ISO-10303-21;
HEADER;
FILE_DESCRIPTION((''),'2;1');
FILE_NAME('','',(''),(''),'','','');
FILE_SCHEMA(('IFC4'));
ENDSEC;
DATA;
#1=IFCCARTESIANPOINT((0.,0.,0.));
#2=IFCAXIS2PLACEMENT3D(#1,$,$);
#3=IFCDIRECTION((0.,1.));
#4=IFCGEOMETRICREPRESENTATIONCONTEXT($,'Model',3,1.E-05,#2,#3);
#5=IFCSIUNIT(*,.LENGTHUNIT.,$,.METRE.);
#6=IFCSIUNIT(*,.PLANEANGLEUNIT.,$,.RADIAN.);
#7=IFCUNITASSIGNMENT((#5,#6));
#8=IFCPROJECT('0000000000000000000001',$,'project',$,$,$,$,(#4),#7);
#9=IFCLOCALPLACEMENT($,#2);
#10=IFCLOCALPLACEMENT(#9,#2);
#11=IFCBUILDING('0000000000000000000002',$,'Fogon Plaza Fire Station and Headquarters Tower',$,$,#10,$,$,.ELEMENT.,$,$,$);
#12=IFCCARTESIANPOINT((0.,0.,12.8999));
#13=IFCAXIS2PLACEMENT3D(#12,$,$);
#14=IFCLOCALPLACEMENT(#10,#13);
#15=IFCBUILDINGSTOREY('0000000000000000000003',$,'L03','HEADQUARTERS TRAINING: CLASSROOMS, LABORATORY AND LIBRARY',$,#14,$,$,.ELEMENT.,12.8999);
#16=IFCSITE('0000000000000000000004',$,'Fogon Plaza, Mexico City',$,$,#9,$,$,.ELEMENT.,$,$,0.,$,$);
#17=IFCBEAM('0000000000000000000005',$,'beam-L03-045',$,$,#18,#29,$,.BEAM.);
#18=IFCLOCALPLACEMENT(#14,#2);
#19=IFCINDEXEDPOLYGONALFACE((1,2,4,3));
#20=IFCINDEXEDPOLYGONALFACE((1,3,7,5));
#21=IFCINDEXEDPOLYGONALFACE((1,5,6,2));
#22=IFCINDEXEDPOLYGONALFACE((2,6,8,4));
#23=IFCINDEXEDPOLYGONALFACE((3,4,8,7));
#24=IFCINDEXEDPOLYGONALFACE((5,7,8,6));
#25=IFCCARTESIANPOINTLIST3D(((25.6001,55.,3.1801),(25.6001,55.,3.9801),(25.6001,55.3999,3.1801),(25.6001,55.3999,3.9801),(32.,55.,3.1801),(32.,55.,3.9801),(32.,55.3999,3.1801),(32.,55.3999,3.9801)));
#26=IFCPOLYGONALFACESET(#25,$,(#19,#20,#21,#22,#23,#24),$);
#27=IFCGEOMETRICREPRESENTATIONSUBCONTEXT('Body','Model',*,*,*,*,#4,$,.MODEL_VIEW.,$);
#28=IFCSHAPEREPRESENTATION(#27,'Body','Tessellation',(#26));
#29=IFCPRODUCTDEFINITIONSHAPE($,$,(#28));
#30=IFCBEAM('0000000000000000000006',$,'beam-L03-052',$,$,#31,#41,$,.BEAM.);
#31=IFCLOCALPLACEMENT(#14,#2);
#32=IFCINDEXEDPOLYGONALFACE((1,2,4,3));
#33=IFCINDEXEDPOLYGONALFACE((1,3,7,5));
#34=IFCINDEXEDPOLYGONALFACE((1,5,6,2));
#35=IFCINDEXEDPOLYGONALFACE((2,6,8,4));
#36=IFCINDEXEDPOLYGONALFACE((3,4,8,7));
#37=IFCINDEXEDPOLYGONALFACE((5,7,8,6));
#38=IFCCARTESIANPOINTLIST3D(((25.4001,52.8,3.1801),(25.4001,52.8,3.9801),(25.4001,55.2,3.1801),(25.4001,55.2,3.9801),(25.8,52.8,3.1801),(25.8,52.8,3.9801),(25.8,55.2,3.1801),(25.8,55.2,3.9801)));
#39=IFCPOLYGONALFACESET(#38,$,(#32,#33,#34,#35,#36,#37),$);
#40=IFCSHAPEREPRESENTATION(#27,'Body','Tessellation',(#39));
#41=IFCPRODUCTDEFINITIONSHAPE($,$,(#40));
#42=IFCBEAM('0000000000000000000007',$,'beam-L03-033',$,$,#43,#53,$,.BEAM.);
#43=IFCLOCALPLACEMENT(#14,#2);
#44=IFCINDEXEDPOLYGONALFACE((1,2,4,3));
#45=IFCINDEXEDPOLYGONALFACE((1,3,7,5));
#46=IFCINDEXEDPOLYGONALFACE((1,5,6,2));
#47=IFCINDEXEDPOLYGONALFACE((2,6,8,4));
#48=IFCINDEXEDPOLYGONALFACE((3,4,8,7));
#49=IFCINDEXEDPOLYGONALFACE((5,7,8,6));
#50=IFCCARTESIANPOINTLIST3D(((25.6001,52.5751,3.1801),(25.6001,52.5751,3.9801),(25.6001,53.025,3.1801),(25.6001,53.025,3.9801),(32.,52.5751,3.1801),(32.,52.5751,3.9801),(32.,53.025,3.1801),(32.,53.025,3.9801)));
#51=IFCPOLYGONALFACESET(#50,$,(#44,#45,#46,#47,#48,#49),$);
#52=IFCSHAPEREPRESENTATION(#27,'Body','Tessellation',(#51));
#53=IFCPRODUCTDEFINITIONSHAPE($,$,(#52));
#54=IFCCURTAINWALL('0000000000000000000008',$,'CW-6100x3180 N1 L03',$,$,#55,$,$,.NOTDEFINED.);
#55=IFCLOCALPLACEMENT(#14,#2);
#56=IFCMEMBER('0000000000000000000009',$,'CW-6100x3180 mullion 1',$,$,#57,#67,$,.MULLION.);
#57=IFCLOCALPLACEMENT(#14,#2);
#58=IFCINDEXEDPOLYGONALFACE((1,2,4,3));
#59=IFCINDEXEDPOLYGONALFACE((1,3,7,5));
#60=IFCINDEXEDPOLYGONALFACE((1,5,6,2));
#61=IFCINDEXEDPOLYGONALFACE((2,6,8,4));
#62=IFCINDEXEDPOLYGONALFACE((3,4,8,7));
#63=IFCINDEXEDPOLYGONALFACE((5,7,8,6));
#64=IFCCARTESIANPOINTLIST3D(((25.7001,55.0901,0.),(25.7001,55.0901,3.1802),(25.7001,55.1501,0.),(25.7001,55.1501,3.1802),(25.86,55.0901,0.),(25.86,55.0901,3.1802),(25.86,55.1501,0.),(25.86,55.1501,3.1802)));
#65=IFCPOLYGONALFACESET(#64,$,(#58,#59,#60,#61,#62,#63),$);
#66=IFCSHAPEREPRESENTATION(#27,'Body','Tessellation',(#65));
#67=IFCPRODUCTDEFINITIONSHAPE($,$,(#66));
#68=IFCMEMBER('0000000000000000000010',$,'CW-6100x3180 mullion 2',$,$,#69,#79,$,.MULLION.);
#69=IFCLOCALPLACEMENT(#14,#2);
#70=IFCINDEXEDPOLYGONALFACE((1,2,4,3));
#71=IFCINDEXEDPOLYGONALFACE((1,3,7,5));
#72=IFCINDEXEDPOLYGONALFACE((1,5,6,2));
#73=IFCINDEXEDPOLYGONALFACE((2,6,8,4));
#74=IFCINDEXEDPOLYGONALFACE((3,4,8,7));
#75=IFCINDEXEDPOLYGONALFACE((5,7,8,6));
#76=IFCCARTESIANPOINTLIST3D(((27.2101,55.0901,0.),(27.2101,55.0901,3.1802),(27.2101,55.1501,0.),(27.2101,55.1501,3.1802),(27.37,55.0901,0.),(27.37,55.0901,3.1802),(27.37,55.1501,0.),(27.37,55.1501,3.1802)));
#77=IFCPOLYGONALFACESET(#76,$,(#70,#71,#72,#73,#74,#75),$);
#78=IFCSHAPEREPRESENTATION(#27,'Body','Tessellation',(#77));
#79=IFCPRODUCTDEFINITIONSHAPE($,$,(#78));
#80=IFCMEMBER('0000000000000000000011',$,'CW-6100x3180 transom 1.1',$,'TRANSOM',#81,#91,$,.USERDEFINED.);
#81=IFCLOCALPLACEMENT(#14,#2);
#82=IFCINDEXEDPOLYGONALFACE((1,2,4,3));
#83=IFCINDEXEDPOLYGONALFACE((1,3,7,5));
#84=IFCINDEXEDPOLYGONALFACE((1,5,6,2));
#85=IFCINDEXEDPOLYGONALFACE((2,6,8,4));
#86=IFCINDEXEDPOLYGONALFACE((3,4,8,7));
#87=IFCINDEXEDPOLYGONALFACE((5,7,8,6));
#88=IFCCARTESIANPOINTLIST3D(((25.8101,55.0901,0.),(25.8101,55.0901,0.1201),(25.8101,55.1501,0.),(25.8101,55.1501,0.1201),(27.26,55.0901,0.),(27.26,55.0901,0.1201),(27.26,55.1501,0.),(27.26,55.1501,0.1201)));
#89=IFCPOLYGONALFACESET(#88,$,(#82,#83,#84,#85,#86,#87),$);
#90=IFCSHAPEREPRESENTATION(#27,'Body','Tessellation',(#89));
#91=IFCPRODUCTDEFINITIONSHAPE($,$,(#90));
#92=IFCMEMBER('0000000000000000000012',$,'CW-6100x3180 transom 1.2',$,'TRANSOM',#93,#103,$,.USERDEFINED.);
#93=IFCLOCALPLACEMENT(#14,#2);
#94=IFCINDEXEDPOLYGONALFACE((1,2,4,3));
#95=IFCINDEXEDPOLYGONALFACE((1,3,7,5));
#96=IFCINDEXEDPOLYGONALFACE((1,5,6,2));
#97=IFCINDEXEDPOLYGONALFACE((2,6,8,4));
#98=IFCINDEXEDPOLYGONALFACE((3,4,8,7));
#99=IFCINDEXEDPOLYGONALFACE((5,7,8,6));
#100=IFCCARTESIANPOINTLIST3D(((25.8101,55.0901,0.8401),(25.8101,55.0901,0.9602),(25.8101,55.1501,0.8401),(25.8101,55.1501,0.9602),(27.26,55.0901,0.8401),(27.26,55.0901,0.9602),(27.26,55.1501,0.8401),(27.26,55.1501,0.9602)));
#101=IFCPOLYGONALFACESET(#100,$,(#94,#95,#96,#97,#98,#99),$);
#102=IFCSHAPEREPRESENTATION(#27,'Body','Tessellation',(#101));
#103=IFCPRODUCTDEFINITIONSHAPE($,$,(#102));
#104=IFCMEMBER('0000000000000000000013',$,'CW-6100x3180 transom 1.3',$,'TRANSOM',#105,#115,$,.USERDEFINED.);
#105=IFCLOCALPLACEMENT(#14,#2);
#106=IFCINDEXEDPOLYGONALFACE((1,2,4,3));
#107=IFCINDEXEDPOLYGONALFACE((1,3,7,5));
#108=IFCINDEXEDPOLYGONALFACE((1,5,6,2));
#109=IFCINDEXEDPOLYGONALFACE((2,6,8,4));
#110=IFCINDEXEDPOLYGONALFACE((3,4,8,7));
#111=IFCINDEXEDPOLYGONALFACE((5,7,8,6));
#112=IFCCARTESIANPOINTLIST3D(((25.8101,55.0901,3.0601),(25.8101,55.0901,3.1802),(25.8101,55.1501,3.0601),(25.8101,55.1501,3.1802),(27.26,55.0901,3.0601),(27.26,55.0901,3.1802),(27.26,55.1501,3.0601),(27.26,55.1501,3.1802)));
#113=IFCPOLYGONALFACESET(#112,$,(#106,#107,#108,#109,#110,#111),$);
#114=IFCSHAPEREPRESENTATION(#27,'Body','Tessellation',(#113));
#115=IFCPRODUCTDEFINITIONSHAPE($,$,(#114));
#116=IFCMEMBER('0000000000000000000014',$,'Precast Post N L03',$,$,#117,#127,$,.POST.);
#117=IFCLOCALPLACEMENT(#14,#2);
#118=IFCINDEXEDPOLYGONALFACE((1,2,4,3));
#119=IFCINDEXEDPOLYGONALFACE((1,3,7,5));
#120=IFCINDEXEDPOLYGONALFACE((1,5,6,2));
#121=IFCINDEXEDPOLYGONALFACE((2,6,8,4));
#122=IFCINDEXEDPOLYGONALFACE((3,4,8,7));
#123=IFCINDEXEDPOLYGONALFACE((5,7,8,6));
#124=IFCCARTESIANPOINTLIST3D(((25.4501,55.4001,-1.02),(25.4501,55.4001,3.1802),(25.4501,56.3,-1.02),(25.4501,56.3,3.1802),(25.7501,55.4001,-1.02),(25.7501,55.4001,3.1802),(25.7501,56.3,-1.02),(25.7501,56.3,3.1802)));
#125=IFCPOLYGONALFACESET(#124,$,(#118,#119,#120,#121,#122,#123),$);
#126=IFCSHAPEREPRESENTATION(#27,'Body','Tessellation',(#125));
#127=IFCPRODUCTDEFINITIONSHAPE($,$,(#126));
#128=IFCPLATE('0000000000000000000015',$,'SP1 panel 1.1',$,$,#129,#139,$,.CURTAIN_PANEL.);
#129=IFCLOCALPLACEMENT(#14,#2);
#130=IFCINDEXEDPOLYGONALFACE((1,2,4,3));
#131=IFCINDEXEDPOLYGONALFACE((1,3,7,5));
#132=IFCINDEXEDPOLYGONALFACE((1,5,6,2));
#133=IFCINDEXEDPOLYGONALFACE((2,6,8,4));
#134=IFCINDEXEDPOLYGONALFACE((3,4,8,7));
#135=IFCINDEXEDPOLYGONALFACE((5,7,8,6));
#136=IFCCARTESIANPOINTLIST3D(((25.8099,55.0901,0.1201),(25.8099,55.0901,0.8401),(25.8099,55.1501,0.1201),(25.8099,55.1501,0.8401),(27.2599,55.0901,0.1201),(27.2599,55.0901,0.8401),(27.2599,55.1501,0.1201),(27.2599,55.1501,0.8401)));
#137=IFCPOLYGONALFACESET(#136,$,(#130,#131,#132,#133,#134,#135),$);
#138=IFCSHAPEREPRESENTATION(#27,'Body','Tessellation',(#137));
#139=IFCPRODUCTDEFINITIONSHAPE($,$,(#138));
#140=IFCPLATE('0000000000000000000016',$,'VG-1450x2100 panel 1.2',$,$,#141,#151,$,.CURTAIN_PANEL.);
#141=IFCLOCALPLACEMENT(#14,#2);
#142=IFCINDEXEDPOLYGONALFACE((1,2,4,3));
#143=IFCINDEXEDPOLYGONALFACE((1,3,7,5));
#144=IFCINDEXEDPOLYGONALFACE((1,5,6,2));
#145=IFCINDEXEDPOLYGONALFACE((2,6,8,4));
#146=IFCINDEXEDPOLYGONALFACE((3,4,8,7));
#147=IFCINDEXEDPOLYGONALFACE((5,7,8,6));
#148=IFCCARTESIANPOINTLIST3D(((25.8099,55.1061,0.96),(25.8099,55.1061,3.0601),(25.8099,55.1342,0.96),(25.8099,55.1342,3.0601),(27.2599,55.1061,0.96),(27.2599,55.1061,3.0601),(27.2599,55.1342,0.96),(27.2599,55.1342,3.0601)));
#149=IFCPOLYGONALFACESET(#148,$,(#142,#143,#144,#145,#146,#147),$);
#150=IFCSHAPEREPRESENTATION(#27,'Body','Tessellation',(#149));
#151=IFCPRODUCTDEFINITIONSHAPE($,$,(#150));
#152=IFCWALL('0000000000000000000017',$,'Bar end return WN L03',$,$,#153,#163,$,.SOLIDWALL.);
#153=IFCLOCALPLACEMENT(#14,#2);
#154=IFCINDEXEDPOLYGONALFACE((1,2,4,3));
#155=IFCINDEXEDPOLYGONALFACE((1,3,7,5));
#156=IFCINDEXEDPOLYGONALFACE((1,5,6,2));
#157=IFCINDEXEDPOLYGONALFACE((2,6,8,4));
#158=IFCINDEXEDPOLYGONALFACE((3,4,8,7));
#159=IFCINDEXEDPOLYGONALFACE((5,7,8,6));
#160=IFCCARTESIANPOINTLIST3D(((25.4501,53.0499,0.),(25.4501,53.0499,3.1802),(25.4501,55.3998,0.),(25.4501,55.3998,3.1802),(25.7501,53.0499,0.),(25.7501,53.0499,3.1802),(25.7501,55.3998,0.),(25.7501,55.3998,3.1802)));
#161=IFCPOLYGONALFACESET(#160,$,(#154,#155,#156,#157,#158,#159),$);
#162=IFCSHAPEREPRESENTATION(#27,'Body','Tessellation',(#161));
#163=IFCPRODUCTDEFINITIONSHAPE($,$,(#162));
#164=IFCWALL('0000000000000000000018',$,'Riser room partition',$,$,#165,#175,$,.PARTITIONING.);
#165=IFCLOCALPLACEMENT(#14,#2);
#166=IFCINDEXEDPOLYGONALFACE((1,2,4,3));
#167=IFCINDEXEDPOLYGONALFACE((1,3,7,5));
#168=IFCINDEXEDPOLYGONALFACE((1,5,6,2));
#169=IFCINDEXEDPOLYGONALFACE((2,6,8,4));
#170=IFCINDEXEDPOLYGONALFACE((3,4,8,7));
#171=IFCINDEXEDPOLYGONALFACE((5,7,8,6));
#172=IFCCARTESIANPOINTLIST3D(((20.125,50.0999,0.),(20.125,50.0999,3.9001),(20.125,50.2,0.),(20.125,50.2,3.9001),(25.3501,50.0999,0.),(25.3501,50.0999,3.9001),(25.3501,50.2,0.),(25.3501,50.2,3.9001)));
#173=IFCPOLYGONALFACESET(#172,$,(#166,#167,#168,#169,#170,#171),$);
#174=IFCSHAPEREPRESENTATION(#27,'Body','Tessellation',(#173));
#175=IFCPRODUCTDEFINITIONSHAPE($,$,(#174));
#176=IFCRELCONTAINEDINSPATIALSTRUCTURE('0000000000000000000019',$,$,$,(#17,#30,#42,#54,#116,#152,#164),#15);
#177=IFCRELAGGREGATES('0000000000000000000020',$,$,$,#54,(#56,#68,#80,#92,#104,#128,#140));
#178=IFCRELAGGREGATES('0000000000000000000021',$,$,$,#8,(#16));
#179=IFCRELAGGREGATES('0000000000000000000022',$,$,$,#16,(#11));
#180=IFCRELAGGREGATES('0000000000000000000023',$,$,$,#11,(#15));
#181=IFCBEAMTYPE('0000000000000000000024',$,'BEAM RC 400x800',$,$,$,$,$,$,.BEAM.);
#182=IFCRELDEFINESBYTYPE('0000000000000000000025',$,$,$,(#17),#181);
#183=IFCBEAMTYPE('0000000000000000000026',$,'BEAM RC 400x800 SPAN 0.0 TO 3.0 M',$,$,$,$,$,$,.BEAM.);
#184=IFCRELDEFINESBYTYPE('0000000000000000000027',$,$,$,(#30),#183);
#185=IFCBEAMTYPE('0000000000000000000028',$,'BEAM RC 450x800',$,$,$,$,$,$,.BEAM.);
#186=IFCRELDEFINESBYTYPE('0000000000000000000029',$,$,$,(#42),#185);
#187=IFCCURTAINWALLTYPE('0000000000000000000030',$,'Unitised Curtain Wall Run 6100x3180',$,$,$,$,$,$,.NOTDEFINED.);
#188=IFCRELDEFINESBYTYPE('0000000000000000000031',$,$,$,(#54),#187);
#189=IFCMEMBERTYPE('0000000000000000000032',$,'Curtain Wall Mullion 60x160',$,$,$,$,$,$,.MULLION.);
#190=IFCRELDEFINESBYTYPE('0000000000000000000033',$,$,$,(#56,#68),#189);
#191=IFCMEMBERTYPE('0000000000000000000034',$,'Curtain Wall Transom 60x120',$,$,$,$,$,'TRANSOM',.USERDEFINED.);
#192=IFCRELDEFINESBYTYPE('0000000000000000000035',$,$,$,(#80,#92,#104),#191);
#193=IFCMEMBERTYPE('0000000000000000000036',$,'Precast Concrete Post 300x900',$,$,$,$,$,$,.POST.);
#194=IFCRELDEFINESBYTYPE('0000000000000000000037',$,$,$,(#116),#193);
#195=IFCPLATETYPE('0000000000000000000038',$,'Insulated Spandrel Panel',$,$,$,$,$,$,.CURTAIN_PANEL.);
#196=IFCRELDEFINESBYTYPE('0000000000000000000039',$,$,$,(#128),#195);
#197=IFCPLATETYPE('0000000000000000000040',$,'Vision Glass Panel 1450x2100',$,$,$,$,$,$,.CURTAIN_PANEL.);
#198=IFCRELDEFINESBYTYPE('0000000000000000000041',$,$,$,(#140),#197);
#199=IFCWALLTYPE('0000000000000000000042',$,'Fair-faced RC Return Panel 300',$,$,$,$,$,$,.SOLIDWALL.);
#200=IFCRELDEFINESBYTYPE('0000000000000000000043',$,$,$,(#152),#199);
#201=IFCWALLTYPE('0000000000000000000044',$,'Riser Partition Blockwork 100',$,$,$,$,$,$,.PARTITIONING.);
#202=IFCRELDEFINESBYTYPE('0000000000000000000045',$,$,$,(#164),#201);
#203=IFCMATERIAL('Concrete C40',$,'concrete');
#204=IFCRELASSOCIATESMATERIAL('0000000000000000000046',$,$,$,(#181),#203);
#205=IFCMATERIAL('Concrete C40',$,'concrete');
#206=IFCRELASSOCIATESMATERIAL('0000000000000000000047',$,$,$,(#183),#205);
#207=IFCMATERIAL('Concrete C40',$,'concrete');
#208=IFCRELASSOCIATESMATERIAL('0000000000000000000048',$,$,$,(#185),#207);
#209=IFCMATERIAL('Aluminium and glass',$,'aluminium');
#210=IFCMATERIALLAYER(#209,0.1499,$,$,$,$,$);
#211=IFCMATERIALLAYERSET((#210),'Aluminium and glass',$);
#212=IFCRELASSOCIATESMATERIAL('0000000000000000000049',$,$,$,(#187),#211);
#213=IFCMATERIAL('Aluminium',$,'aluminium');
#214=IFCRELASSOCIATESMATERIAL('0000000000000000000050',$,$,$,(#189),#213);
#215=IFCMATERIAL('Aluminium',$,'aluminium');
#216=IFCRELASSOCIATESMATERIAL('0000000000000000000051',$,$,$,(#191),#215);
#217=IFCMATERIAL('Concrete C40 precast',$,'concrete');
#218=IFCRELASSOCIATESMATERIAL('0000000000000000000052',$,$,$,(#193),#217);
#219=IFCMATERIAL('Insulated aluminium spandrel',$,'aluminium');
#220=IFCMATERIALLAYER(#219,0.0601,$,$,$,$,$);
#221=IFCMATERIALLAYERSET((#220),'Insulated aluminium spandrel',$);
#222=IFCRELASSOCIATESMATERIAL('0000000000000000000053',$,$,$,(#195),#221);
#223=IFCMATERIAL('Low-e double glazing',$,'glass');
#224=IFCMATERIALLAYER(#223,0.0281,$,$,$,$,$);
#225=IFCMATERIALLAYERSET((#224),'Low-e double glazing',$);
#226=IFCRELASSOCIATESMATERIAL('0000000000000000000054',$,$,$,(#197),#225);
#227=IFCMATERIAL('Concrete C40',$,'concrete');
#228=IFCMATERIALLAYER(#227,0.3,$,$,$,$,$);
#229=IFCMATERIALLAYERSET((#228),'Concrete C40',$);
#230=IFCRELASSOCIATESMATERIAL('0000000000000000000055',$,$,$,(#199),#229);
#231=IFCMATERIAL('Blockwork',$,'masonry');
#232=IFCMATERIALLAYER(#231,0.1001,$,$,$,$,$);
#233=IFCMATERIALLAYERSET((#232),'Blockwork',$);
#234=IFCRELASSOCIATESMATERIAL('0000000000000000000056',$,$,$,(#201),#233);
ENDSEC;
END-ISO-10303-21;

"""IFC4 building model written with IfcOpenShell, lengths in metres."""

from ifc_helpers import new_model, si_unit, direction, frame, frame_2d, origin, origin_2d, place, context, subcontext, project, spatial, rectangle, extrude, material, layer, layer_set, material_profile, profile_set, type_object, element, aggregate, save


model = new_model("IFC4")

# Units and contexts
model_context = context("Model", 3, precision=1e-05, world=origin(), true_north=direction((0.0, 1.0)))
body_context = subcontext(model_context, "Body", "Model", "MODEL_VIEW")
ifc_project = project(units=[si_unit("LENGTHUNIT", "METRE"), si_unit("PLANEANGLEUNIT", "RADIAN")], contexts=[model_context])

# Site, building, storey
site_placement = place(None, origin())
site = spatial("IfcSite", under=ifc_project, at=site_placement, Name="Fogon Plaza, Mexico City", CompositionType="ELEMENT", RefElevation=0.0)
building_placement = place(site_placement, origin())
building = spatial("IfcBuilding", under=site, at=building_placement, Name="Fogon Plaza Fire Station and Headquarters Tower", CompositionType="ELEMENT")
storey_placement = place(building_placement, frame((0.0, 0.0, 12.8999)))
storey = spatial("IfcBuildingStorey", under=building, at=storey_placement, Name="L03", Description="HEADQUARTERS TRAINING: CLASSROOMS, LABORATORY AND LIBRARY", CompositionType="ELEMENT", Elevation=12.8999)

# Beams
ifc_material_1 = material(Name="Concrete C40", Category="concrete")
ifc_material_profile_1 = material_profile(ifc_material_1, rectangle(XDim=0.3999, YDim=0.8, at=origin_2d()), Name="RC 400x800")
ifc_profile_set_1 = profile_set([ifc_material_profile_1], Name="Concrete C40")
beam_type_1 = type_object("IfcBeamType", Name="BEAM RC 400x800", PredefinedType="BEAM", material=ifc_profile_set_1)
beam_1_placement = place(storey_placement, frame((25.6001, 55.2, 3.5801), z_axis=(1.0, 0.0, 0.0), x_axis=(0.0, 1.0, 0.0)))
element("IfcBeam", 1, at=beam_1_placement, inside=storey, type_object=beam_type_1, Name="beam-L03-045", PredefinedType="BEAM", context=body_context, shape_type="SweptSolid", body=[
    extrude(rectangle(XDim=0.3999, YDim=0.8, at=origin_2d()), origin(), (0.0, 0.0, 1.0), 6.3999),
])
ifc_material_2 = material(Name="Concrete C40", Category="concrete")
ifc_material_profile_2 = material_profile(ifc_material_2, rectangle(XDim=0.3999, YDim=0.8, at=origin_2d()), Name="RC 400x800")
ifc_profile_set_2 = profile_set([ifc_material_profile_2], Name="Concrete C40")
beam_type_2 = type_object("IfcBeamType", Name="BEAM RC 400x800 SPAN 0.0 TO 3.0 M", PredefinedType="BEAM", material=ifc_profile_set_2)
beam_2_placement = place(storey_placement, frame((25.6001, 52.8, 3.5801), z_axis=(0.0, 1.0, 0.0), x_axis=(-1.0, 0.0, 0.0)))
element("IfcBeam", 2, at=beam_2_placement, inside=storey, type_object=beam_type_2, Name="beam-L03-052", PredefinedType="BEAM", context=body_context, shape_type="SweptSolid", body=[
    extrude(rectangle(XDim=0.3999, YDim=0.8, at=origin_2d()), origin(), (0.0, 0.0, 1.0), 2.3999),
])
ifc_material_3 = material(Name="Concrete C40", Category="concrete")
ifc_material_profile_3 = material_profile(ifc_material_3, rectangle(XDim=0.45, YDim=0.8, at=origin_2d()), Name="RC 450x800")
ifc_profile_set_3 = profile_set([ifc_material_profile_3], Name="Concrete C40")
beam_type_3 = type_object("IfcBeamType", Name="BEAM RC 450x800", PredefinedType="BEAM", material=ifc_profile_set_3)
beam_3_placement = place(storey_placement, frame((25.6001, 52.8, 3.5801), z_axis=(1.0, 0.0, 0.0), x_axis=(0.0, 1.0, 0.0)))
element("IfcBeam", 3, at=beam_3_placement, inside=storey, type_object=beam_type_3, Name="beam-L03-033", PredefinedType="BEAM", context=body_context, shape_type="SweptSolid", body=[
    extrude(rectangle(XDim=0.45, YDim=0.8, at=origin_2d()), origin(), (0.0, 0.0, 1.0), 6.3999),
])

# Curtain wall, members
ifc_material_4 = material(Name="Aluminium and glass", Category="aluminium")
ifc_layer_1 = layer(ifc_material_4, 0.1499)
ifc_layer_set_1 = layer_set([ifc_layer_1], Name="Aluminium and glass")
curtain_wall_type = type_object("IfcCurtainWallType", Name="Unitised Curtain Wall Run 6100x3180", PredefinedType="NOTDEFINED", material=ifc_layer_set_1)
curtain_wall_placement = place(storey_placement, origin())
curtain_wall = element("IfcCurtainWall", 4, at=curtain_wall_placement, inside=storey, type_object=curtain_wall_type, Name="CW-6100x3180 N1 L03", PredefinedType="NOTDEFINED")
ifc_material_5 = material(Name="Aluminium", Category="aluminium")
ifc_material_profile_4 = material_profile(ifc_material_5, rectangle(XDim=0.0601, YDim=0.1599, at=origin_2d()), Name="Curtain Wall Mullion 60x160")
ifc_profile_set_4 = profile_set([ifc_material_profile_4], Name="Aluminium")
member_type_1 = type_object("IfcMemberType", Name="Curtain Wall Mullion 60x160", PredefinedType="MULLION", material=ifc_profile_set_4)
member_1_placement = place(storey_placement, frame((25.78, 55.1201, 0.0), z_axis=(0.0, 0.0, 1.0), x_axis=(0.0, 1.0, 0.0)))
member_1 = element("IfcMember", 5, at=member_1_placement, type_object=member_type_1, Name="CW-6100x3180 mullion 1", PredefinedType="MULLION", context=body_context, shape_type="SweptSolid", body=[
    extrude(rectangle(XDim=0.0601, YDim=0.1599, at=origin_2d()), origin(), (0.0, 0.0, 1.0), 3.1802),
])
member_2_placement = place(storey_placement, frame((27.29, 55.1201, 0.0), z_axis=(0.0, 0.0, 1.0), x_axis=(0.0, 1.0, 0.0)))
member_2 = element("IfcMember", 6, at=member_2_placement, type_object=member_type_1, Name="CW-6100x3180 mullion 2", PredefinedType="MULLION", context=body_context, shape_type="SweptSolid", body=[
    extrude(rectangle(XDim=0.0601, YDim=0.1599, at=origin_2d()), origin(), (0.0, 0.0, 1.0), 3.1802),
])
ifc_material_6 = material(Name="Aluminium", Category="aluminium")
ifc_material_profile_5 = material_profile(ifc_material_6, rectangle(XDim=0.0601, YDim=0.1201, at=origin_2d()), Name="Curtain Wall Transom 60x120")
ifc_profile_set_5 = profile_set([ifc_material_profile_5], Name="Aluminium")
member_type_2 = type_object("IfcMemberType", Name="Curtain Wall Transom 60x120", ElementType="TRANSOM", PredefinedType="USERDEFINED", material=ifc_profile_set_5)
member_3_placement = place(storey_placement, frame((25.8101, 55.1201, 0.0601), z_axis=(1.0, 0.0, 0.0), x_axis=(0.0, 1.0, 0.0)))
member_3 = element("IfcMember", 7, at=member_3_placement, type_object=member_type_2, Name="CW-6100x3180 transom 1.1", ObjectType="TRANSOM", PredefinedType="USERDEFINED", context=body_context, shape_type="SweptSolid", body=[
    extrude(rectangle(XDim=0.0601, YDim=0.1201, at=origin_2d()), origin(), (0.0, 0.0, 1.0), 1.45),
])
member_4_placement = place(storey_placement, frame((25.8101, 55.1201, 0.9001), z_axis=(1.0, 0.0, 0.0), x_axis=(0.0, 1.0, 0.0)))
member_4 = element("IfcMember", 8, at=member_4_placement, type_object=member_type_2, Name="CW-6100x3180 transom 1.2", ObjectType="TRANSOM", PredefinedType="USERDEFINED", context=body_context, shape_type="SweptSolid", body=[
    extrude(rectangle(XDim=0.0601, YDim=0.1201, at=origin_2d()), origin(), (0.0, 0.0, 1.0), 1.45),
])
member_5_placement = place(storey_placement, frame((25.8101, 55.1201, 3.1201), z_axis=(1.0, 0.0, 0.0), x_axis=(0.0, 1.0, 0.0)))
member_5 = element("IfcMember", 9, at=member_5_placement, type_object=member_type_2, Name="CW-6100x3180 transom 1.3", ObjectType="TRANSOM", PredefinedType="USERDEFINED", context=body_context, shape_type="SweptSolid", body=[
    extrude(rectangle(XDim=0.0601, YDim=0.1201, at=origin_2d()), origin(), (0.0, 0.0, 1.0), 1.45),
])

# Member
ifc_material_7 = material(Name="Concrete C40 precast", Category="concrete")
ifc_material_profile_6 = material_profile(ifc_material_7, rectangle(XDim=0.3, YDim=0.8999, at=origin_2d()), Name="Precast Concrete Post 300x900")
ifc_profile_set_6 = profile_set([ifc_material_profile_6], Name="Concrete C40 precast")
member_type_3 = type_object("IfcMemberType", Name="Precast Concrete Post 300x900", PredefinedType="POST", material=ifc_profile_set_6)
member_6_placement = place(storey_placement, frame((25.6001, 55.8501, -1.02), z_axis=(0.0, 0.0, 1.0), x_axis=(1.0, 0.0, 0.0)))
element("IfcMember", 10, at=member_6_placement, inside=storey, type_object=member_type_3, Name="Precast Post N L03", PredefinedType="POST", context=body_context, shape_type="SweptSolid", body=[
    extrude(rectangle(XDim=0.3, YDim=0.8999, at=origin_2d()), origin(), (0.0, 0.0, 1.0), 4.2002),
])

# Plates
ifc_material_8 = material(Name="Insulated aluminium spandrel", Category="aluminium")
ifc_layer_2 = layer(ifc_material_8, 0.0601)
ifc_layer_set_2 = layer_set([ifc_layer_2], Name="Insulated aluminium spandrel")
plate_type_1 = type_object("IfcPlateType", Name="Insulated Spandrel Panel", PredefinedType="CURTAIN_PANEL", material=ifc_layer_set_2)
plate_1_placement = place(storey_placement, frame((26.5349, 55.1201, 0.1201), z_axis=(0.0, 0.0, 1.0), x_axis=(1.0, 0.0, 0.0)))
plate_1 = element("IfcPlate", 11, at=plate_1_placement, type_object=plate_type_1, Name="SP1 panel 1.1", PredefinedType="CURTAIN_PANEL", context=body_context, shape_type="SweptSolid", body=[
    extrude(rectangle(XDim=1.45, YDim=0.0601, at=origin_2d()), origin(), (0.0, 0.0, 1.0), 0.72),
])
ifc_material_9 = material(Name="Low-e double glazing", Category="glass")
ifc_layer_3 = layer(ifc_material_9, 0.0281)
ifc_layer_set_3 = layer_set([ifc_layer_3], Name="Low-e double glazing")
plate_type_2 = type_object("IfcPlateType", Name="Vision Glass Panel 1450x2100", PredefinedType="CURTAIN_PANEL", material=ifc_layer_set_3)
plate_2_placement = place(storey_placement, frame((26.5349, 55.1201, 0.96), z_axis=(0.0, 0.0, 1.0), x_axis=(1.0, 0.0, 0.0)))
plate_2 = element("IfcPlate", 12, at=plate_2_placement, type_object=plate_type_2, Name="VG-1450x2100 panel 1.2", PredefinedType="CURTAIN_PANEL", context=body_context, shape_type="SweptSolid", body=[
    extrude(rectangle(XDim=1.45, YDim=0.0281, at=origin_2d()), origin(), (0.0, 0.0, 1.0), 2.1001),
])
aggregate(curtain_wall, [member_1, member_2, member_3, member_4, member_5, plate_1, plate_2])

# Walls
ifc_material_10 = material(Name="Concrete C40", Category="concrete")
ifc_layer_4 = layer(ifc_material_10, 0.3)
ifc_layer_set_4 = layer_set([ifc_layer_4], Name="Concrete C40")
wall_type_1 = type_object("IfcWallType", Name="Fair-faced RC Return Panel 300", PredefinedType="SOLIDWALL", material=ifc_layer_set_4)
wall_1_placement = place(storey_placement, frame((25.6001, 53.05, 0.0), z_axis=(0.0, 0.0, 1.0), x_axis=(0.0, 1.0, 0.0)))
element("IfcWall", 13, at=wall_1_placement, inside=storey, type_object=wall_type_1, Name="Bar end return WN L03", PredefinedType="SOLIDWALL", context=body_context, shape_type="SweptSolid", body=[
    extrude(rectangle(XDim=2.3499, YDim=0.3, at=frame_2d((1.1748, 0.0))), origin(), (0.0, 0.0, 1.0), 3.1802),
])
ifc_material_11 = material(Name="Blockwork", Category="masonry")
ifc_layer_5 = layer(ifc_material_11, 0.1001)
ifc_layer_set_5 = layer_set([ifc_layer_5], Name="Blockwork")
wall_type_2 = type_object("IfcWallType", Name="Riser Partition Blockwork 100", PredefinedType="PARTITIONING", material=ifc_layer_set_5)
wall_2_placement = place(storey_placement, frame((20.125, 50.1499, 0.0), z_axis=(0.0, 0.0, 1.0), x_axis=(1.0, 0.0, 0.0)))
element("IfcWall", 14, at=wall_2_placement, inside=storey, type_object=wall_type_2, Name="Riser room partition", PredefinedType="PARTITIONING", context=body_context, shape_type="SweptSolid", body=[
    extrude(rectangle(XDim=5.2251, YDim=0.1001, at=frame_2d((2.6125, 0.0))), origin(), (0.0, 0.0, 1.0), 3.9001),
])

save(model, "model.ifc")
